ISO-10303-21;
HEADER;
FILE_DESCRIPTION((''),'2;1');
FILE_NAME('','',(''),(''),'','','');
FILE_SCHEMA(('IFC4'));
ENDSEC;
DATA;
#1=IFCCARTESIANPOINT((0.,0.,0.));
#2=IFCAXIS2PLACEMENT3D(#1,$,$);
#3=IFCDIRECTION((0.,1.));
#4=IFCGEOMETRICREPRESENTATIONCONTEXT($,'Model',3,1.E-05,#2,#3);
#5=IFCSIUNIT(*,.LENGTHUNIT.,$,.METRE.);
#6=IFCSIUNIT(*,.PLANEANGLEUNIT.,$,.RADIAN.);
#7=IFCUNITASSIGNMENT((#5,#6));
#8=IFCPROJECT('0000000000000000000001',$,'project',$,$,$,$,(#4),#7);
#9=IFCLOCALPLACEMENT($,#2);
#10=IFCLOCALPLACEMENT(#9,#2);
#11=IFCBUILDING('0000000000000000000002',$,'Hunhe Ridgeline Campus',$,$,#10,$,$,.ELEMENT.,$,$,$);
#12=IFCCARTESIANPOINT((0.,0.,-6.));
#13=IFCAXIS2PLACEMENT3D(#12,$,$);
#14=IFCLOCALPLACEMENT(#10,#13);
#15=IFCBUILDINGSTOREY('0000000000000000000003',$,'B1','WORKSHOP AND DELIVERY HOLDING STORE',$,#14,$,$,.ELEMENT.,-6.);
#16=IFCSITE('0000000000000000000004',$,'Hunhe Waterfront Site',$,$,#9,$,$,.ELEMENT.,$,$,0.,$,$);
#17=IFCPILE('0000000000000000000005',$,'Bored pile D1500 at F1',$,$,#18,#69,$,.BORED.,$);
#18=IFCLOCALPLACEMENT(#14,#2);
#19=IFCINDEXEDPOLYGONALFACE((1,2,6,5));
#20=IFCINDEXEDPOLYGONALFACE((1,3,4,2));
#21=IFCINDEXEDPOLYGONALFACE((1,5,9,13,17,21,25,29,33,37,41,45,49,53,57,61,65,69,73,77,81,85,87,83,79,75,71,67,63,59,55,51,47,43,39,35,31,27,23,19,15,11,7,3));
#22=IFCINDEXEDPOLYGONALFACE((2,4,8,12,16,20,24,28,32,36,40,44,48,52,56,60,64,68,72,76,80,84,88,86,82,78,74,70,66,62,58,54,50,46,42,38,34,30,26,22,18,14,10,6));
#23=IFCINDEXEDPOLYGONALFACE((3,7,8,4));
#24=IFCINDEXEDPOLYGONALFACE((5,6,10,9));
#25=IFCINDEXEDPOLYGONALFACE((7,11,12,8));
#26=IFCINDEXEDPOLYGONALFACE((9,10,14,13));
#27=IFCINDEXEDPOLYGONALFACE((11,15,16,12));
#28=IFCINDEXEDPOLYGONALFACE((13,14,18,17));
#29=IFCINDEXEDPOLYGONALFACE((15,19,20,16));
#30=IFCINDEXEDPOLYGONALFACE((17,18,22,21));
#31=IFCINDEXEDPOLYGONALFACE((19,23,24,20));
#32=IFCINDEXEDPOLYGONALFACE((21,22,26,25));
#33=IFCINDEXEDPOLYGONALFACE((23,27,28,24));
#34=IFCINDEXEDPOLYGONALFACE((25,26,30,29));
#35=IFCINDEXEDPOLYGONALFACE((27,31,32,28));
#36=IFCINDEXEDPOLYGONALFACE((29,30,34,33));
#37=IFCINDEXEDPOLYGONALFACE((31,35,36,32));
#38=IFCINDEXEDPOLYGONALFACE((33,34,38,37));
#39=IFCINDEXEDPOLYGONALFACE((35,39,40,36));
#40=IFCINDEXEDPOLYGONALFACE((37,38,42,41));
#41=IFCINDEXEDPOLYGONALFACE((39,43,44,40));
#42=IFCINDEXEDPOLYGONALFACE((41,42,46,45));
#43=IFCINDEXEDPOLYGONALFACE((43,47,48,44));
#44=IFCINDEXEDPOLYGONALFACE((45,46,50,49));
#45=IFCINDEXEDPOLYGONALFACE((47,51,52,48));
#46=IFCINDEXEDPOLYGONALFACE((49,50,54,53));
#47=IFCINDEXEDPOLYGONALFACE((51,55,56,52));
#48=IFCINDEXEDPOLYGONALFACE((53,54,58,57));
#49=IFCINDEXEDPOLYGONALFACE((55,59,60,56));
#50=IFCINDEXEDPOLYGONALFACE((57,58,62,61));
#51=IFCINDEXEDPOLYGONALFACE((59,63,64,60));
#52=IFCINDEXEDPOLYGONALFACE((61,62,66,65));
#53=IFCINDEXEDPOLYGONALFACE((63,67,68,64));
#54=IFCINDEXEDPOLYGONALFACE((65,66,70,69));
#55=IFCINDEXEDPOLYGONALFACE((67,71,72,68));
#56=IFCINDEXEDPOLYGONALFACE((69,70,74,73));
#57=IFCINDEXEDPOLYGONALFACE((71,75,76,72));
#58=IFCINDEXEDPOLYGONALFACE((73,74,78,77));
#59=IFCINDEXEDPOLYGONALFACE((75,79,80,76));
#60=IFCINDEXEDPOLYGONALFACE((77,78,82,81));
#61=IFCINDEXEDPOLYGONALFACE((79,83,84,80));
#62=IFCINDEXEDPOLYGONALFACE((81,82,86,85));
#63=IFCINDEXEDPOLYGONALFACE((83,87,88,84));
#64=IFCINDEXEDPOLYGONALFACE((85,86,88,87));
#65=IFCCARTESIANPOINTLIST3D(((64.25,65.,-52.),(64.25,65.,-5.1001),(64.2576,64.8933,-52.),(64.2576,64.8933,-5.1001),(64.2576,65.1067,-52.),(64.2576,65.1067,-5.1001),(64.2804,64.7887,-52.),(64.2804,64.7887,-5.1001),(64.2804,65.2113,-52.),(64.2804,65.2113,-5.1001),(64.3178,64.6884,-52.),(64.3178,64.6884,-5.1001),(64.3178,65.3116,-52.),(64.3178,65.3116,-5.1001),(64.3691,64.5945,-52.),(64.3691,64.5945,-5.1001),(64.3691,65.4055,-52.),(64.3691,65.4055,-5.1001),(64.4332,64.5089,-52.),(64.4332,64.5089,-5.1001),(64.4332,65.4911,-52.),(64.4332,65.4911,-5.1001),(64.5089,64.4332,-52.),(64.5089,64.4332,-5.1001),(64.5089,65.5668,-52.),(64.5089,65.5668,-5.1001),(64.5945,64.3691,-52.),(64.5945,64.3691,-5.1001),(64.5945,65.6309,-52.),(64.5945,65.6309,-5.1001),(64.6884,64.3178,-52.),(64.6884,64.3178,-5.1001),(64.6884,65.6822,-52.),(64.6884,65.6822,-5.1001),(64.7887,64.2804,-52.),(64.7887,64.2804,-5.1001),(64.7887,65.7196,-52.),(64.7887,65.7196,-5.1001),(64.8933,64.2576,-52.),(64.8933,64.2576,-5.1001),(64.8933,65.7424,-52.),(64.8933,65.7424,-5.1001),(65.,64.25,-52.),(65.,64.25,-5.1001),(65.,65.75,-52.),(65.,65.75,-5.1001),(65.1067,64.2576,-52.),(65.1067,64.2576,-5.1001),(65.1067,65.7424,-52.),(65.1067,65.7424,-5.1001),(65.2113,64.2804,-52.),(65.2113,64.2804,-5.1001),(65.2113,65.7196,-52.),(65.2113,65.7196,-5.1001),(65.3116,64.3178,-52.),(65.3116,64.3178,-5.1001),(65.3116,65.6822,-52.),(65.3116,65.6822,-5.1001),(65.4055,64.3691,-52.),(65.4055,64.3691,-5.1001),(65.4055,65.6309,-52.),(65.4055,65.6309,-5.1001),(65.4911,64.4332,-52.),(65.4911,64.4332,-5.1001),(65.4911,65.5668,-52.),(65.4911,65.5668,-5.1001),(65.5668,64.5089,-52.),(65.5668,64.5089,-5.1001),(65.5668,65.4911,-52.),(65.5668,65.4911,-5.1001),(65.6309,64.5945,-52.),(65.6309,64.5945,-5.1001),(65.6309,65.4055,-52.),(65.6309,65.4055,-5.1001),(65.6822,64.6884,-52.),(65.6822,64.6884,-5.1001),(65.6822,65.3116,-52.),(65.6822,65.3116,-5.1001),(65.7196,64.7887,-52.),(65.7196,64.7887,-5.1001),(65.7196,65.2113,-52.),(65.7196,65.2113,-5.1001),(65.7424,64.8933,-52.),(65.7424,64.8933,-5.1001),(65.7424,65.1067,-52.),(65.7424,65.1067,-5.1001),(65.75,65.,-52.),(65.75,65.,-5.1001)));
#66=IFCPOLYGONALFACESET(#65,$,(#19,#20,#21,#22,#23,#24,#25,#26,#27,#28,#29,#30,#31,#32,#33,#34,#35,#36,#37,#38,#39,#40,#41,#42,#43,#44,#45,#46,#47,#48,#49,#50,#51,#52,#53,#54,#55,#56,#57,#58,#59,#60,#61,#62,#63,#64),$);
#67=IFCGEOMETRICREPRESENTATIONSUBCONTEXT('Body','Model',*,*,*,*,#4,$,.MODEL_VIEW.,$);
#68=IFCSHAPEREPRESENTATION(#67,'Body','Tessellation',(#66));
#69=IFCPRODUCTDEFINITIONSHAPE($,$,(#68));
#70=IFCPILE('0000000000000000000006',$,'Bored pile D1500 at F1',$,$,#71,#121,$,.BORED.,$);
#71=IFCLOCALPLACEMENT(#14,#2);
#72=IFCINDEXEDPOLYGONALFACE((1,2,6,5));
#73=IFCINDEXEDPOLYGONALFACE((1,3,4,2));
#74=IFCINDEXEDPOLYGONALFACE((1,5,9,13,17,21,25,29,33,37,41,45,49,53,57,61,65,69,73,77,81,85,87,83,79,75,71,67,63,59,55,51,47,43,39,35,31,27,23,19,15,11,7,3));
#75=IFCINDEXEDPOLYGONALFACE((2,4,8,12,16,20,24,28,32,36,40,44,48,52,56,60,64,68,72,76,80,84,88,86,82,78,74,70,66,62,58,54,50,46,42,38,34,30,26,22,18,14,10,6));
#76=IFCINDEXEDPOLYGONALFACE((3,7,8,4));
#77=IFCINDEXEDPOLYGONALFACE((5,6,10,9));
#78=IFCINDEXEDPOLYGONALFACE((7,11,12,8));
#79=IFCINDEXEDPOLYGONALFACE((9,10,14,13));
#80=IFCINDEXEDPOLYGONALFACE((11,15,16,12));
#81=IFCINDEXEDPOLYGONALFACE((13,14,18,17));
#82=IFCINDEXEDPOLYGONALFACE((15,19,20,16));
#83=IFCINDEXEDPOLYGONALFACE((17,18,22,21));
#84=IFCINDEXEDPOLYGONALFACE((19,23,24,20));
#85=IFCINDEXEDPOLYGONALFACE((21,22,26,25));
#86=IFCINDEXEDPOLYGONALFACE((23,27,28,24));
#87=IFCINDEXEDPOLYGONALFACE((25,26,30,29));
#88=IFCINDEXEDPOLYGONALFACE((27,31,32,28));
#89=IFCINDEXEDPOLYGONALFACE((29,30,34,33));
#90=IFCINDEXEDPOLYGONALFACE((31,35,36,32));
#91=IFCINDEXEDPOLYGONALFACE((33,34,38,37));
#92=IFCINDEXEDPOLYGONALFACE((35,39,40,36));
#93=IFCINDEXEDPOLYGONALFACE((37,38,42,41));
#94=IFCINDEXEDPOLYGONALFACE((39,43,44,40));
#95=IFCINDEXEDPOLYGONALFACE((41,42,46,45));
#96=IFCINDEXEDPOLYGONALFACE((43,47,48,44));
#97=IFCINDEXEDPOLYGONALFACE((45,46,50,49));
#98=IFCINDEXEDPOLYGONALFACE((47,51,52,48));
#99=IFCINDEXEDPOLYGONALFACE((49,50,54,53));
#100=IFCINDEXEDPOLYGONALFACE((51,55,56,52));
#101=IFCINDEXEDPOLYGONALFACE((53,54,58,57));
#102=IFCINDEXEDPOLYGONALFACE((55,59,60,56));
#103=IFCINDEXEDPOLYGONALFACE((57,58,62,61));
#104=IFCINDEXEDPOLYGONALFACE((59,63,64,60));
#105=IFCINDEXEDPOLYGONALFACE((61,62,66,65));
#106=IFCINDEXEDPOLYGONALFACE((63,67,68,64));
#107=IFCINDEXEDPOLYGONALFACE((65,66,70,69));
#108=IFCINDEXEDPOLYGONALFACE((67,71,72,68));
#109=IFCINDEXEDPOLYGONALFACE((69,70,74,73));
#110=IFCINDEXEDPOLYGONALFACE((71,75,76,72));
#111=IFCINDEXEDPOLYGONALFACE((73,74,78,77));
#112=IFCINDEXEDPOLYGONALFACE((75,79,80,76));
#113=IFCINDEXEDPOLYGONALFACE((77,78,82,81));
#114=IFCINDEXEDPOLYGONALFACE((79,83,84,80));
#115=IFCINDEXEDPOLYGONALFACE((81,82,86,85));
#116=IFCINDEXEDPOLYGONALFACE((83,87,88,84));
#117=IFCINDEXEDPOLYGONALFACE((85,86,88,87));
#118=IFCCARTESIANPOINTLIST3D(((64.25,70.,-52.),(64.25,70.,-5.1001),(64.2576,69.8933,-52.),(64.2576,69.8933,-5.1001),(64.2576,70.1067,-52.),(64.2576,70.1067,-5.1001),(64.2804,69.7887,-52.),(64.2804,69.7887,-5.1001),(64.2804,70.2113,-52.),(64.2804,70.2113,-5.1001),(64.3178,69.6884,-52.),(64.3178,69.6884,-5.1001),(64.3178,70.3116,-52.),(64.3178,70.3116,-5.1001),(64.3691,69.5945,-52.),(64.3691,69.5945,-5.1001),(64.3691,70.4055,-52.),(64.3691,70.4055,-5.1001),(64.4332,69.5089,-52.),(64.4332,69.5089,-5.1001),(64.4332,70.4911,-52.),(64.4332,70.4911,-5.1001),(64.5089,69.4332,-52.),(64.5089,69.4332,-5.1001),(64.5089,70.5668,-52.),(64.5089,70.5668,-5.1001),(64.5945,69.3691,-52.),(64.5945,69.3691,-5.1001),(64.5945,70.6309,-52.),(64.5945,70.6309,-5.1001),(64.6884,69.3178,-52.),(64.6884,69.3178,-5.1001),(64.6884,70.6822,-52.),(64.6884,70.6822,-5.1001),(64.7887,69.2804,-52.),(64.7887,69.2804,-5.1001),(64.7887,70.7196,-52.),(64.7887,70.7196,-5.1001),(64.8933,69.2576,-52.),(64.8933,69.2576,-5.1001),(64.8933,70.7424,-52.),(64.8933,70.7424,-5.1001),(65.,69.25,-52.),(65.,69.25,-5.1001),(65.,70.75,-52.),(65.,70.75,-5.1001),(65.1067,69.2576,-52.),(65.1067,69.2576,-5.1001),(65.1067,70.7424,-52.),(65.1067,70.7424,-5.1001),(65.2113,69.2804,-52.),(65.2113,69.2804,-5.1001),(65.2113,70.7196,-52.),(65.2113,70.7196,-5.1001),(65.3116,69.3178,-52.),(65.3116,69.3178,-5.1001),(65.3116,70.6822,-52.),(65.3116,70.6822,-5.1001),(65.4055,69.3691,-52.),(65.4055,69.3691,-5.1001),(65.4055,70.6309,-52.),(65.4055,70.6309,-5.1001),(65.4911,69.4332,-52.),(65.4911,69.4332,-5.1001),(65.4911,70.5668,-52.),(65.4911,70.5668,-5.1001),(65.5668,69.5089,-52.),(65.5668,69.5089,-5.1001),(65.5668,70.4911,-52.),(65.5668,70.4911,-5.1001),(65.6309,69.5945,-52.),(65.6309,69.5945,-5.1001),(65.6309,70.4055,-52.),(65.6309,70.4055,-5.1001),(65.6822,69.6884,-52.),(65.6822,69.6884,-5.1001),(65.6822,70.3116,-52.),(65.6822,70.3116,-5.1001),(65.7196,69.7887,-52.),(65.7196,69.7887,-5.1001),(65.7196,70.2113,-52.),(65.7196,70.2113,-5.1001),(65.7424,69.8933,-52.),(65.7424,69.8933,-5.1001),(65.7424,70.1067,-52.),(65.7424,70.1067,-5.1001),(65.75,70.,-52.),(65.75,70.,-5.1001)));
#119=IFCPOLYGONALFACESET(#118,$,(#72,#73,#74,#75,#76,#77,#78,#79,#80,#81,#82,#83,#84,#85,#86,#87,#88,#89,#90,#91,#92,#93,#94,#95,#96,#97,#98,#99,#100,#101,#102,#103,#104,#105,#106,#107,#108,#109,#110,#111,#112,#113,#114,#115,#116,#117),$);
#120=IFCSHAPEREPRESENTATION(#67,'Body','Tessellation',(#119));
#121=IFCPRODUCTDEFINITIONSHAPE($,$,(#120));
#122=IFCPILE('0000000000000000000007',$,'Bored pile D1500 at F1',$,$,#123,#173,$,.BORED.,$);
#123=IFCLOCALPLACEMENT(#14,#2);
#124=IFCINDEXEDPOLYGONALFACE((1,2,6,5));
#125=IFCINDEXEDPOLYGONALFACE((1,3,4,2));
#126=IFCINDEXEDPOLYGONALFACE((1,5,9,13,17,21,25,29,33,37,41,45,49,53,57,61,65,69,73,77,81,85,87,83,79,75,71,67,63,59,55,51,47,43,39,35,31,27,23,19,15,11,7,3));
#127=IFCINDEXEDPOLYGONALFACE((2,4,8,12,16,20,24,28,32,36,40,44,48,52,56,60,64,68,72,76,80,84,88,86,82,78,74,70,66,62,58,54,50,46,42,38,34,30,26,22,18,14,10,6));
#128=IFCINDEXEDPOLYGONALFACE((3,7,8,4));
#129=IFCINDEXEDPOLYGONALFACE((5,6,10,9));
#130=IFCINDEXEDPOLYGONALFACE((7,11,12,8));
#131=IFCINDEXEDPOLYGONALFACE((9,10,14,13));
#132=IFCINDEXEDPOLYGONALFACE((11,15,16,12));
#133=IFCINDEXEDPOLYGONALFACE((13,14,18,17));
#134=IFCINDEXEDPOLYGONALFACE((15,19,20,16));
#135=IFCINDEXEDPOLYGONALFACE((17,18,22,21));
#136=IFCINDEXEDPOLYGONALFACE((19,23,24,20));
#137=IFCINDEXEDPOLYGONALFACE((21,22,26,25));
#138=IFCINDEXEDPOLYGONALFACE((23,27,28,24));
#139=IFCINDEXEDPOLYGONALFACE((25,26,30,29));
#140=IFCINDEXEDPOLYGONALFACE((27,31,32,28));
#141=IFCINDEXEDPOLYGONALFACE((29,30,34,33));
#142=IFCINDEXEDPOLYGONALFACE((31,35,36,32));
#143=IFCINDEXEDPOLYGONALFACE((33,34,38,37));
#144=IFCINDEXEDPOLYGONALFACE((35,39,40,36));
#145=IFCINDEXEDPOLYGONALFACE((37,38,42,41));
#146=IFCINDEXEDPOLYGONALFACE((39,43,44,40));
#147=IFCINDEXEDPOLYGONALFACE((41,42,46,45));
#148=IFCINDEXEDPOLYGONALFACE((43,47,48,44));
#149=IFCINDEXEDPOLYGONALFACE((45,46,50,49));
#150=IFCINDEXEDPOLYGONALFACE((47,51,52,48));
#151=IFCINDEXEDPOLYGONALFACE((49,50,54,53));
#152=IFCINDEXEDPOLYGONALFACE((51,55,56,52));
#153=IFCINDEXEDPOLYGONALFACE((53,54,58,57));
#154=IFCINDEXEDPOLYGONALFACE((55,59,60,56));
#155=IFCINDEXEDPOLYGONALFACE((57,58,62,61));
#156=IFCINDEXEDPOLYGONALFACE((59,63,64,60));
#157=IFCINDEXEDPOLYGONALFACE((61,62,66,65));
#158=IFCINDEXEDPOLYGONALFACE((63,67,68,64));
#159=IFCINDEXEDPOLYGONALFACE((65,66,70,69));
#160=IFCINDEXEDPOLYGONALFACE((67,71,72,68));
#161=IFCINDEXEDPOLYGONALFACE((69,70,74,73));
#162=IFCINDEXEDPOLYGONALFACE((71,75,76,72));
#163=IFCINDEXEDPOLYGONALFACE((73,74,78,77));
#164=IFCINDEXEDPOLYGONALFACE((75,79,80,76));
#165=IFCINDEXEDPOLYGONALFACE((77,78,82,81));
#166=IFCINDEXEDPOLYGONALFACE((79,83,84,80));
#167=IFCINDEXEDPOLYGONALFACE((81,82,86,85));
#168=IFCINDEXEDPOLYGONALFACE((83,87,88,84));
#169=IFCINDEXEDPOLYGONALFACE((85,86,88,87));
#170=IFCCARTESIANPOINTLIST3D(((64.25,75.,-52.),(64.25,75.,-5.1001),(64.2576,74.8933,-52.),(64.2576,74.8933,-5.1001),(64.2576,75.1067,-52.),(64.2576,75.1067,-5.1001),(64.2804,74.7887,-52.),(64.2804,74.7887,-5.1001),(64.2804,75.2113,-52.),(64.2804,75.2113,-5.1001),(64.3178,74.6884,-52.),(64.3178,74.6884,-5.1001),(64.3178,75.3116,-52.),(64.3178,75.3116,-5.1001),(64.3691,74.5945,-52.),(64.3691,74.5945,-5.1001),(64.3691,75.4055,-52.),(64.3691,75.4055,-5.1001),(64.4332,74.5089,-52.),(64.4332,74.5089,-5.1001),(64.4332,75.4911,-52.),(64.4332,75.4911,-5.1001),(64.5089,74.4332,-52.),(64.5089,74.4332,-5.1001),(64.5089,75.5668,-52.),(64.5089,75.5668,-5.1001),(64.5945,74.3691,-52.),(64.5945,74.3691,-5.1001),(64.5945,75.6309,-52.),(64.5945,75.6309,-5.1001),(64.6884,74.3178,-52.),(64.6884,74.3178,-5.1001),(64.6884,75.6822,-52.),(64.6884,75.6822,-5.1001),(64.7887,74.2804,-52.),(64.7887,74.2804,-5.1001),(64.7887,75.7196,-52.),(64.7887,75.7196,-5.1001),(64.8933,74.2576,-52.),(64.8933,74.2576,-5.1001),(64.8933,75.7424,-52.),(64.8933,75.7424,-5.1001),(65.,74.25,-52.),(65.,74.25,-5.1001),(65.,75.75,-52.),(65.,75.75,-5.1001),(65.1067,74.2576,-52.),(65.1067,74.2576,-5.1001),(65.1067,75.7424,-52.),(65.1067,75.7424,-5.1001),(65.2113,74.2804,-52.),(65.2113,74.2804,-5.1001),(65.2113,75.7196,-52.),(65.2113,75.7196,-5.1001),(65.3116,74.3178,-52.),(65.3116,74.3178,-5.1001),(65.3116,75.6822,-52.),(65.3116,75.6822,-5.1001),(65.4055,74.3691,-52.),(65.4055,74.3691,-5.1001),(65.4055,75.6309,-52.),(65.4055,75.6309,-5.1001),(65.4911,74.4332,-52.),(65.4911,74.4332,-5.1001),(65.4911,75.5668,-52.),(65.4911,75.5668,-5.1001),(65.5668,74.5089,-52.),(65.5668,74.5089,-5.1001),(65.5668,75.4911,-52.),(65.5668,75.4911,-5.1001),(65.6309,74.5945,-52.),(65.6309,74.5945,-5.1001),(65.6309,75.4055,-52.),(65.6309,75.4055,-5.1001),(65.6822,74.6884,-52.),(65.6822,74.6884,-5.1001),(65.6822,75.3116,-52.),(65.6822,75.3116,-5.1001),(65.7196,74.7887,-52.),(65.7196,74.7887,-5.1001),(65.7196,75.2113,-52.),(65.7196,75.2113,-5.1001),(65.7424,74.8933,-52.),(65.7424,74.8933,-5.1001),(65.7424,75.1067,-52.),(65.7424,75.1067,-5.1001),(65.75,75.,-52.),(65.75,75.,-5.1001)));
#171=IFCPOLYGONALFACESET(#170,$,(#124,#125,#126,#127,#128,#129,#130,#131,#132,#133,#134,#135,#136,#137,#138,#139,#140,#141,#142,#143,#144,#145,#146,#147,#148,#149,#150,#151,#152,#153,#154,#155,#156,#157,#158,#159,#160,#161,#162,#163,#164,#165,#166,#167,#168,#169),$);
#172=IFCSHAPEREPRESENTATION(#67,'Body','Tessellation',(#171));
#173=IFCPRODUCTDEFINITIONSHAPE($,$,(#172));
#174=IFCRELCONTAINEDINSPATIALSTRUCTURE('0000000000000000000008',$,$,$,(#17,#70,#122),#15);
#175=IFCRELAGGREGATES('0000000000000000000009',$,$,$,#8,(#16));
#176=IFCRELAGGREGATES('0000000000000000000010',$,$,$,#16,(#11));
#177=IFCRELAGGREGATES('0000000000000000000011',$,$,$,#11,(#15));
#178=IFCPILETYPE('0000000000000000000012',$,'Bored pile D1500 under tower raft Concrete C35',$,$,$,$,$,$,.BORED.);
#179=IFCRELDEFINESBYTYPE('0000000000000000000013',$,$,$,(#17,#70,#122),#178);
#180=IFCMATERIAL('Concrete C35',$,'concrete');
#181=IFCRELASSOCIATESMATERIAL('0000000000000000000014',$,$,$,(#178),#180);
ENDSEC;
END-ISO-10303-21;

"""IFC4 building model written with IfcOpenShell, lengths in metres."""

from ifc_helpers import new_model, si_unit, direction, frame, origin, origin_2d, place, context, subcontext, project, spatial, circle, extrude, material, material_profile, profile_set, type_object, element, save


model = new_model("IFC4")

# Units and contexts
model_context = context("Model", 3, precision=1e-05, world=origin(), true_north=direction((0.0, 1.0)))
body_context = subcontext(model_context, "Body", "Model", "MODEL_VIEW")
ifc_project = project(units=[si_unit("LENGTHUNIT", "METRE"), si_unit("PLANEANGLEUNIT", "RADIAN")], contexts=[model_context])

# Site, building, storey
site_placement = place(None, origin())
site = spatial("IfcSite", under=ifc_project, at=site_placement, Name="Hunhe Waterfront Site", CompositionType="ELEMENT", RefElevation=0.0)
building_placement = place(site_placement, origin())
building = spatial("IfcBuilding", under=site, at=building_placement, Name="Hunhe Ridgeline Campus", CompositionType="ELEMENT")
storey_placement = place(building_placement, frame((0.0, 0.0, -6.0)))
storey = spatial("IfcBuildingStorey", under=building, at=storey_placement, Name="B1", Description="WORKSHOP AND DELIVERY HOLDING STORE", CompositionType="ELEMENT", Elevation=-6.0)

# Piles
ifc_material_1 = material(Name="Concrete C35", Category="concrete")
ifc_material_profile_1 = material_profile(ifc_material_1, circle(Radius=0.75, at=origin_2d()))
ifc_profile_set_1 = profile_set([ifc_material_profile_1], Name="Concrete C35")
pile_type = type_object("IfcPileType", Name="Bored pile D1500 under tower raft Concrete C35", PredefinedType="BORED", material=ifc_profile_set_1)
for number, where, z_axis, x_axis, name in (
    (1, (65.0, 65.0, -5.1001), (0.0, 0.0, -1.0), (1.0, 0.0, 0.0), "Bored pile D1500 at F1"),
    (2, (65.0, 70.0, -5.1001), (0.0, 0.0, -1.0), (1.0, 0.0, 0.0), "Bored pile D1500 at F1"),
    (3, (65.0, 75.0, -5.1001), (0.0, 0.0, -1.0), (1.0, 0.0, 0.0), "Bored pile D1500 at F1"),
):
    element("IfcPile", number, at=place(storey_placement, frame(where, z_axis=z_axis, x_axis=x_axis)), inside=storey, type_object=pile_type, Name=name, PredefinedType="BORED", context=body_context, shape_type="SweptSolid", body=[
        extrude(circle(Radius=0.75, at=origin_2d()), origin(), (0.0, 0.0, 1.0), 46.8999),
    ])

save(model, "model.ifc")
